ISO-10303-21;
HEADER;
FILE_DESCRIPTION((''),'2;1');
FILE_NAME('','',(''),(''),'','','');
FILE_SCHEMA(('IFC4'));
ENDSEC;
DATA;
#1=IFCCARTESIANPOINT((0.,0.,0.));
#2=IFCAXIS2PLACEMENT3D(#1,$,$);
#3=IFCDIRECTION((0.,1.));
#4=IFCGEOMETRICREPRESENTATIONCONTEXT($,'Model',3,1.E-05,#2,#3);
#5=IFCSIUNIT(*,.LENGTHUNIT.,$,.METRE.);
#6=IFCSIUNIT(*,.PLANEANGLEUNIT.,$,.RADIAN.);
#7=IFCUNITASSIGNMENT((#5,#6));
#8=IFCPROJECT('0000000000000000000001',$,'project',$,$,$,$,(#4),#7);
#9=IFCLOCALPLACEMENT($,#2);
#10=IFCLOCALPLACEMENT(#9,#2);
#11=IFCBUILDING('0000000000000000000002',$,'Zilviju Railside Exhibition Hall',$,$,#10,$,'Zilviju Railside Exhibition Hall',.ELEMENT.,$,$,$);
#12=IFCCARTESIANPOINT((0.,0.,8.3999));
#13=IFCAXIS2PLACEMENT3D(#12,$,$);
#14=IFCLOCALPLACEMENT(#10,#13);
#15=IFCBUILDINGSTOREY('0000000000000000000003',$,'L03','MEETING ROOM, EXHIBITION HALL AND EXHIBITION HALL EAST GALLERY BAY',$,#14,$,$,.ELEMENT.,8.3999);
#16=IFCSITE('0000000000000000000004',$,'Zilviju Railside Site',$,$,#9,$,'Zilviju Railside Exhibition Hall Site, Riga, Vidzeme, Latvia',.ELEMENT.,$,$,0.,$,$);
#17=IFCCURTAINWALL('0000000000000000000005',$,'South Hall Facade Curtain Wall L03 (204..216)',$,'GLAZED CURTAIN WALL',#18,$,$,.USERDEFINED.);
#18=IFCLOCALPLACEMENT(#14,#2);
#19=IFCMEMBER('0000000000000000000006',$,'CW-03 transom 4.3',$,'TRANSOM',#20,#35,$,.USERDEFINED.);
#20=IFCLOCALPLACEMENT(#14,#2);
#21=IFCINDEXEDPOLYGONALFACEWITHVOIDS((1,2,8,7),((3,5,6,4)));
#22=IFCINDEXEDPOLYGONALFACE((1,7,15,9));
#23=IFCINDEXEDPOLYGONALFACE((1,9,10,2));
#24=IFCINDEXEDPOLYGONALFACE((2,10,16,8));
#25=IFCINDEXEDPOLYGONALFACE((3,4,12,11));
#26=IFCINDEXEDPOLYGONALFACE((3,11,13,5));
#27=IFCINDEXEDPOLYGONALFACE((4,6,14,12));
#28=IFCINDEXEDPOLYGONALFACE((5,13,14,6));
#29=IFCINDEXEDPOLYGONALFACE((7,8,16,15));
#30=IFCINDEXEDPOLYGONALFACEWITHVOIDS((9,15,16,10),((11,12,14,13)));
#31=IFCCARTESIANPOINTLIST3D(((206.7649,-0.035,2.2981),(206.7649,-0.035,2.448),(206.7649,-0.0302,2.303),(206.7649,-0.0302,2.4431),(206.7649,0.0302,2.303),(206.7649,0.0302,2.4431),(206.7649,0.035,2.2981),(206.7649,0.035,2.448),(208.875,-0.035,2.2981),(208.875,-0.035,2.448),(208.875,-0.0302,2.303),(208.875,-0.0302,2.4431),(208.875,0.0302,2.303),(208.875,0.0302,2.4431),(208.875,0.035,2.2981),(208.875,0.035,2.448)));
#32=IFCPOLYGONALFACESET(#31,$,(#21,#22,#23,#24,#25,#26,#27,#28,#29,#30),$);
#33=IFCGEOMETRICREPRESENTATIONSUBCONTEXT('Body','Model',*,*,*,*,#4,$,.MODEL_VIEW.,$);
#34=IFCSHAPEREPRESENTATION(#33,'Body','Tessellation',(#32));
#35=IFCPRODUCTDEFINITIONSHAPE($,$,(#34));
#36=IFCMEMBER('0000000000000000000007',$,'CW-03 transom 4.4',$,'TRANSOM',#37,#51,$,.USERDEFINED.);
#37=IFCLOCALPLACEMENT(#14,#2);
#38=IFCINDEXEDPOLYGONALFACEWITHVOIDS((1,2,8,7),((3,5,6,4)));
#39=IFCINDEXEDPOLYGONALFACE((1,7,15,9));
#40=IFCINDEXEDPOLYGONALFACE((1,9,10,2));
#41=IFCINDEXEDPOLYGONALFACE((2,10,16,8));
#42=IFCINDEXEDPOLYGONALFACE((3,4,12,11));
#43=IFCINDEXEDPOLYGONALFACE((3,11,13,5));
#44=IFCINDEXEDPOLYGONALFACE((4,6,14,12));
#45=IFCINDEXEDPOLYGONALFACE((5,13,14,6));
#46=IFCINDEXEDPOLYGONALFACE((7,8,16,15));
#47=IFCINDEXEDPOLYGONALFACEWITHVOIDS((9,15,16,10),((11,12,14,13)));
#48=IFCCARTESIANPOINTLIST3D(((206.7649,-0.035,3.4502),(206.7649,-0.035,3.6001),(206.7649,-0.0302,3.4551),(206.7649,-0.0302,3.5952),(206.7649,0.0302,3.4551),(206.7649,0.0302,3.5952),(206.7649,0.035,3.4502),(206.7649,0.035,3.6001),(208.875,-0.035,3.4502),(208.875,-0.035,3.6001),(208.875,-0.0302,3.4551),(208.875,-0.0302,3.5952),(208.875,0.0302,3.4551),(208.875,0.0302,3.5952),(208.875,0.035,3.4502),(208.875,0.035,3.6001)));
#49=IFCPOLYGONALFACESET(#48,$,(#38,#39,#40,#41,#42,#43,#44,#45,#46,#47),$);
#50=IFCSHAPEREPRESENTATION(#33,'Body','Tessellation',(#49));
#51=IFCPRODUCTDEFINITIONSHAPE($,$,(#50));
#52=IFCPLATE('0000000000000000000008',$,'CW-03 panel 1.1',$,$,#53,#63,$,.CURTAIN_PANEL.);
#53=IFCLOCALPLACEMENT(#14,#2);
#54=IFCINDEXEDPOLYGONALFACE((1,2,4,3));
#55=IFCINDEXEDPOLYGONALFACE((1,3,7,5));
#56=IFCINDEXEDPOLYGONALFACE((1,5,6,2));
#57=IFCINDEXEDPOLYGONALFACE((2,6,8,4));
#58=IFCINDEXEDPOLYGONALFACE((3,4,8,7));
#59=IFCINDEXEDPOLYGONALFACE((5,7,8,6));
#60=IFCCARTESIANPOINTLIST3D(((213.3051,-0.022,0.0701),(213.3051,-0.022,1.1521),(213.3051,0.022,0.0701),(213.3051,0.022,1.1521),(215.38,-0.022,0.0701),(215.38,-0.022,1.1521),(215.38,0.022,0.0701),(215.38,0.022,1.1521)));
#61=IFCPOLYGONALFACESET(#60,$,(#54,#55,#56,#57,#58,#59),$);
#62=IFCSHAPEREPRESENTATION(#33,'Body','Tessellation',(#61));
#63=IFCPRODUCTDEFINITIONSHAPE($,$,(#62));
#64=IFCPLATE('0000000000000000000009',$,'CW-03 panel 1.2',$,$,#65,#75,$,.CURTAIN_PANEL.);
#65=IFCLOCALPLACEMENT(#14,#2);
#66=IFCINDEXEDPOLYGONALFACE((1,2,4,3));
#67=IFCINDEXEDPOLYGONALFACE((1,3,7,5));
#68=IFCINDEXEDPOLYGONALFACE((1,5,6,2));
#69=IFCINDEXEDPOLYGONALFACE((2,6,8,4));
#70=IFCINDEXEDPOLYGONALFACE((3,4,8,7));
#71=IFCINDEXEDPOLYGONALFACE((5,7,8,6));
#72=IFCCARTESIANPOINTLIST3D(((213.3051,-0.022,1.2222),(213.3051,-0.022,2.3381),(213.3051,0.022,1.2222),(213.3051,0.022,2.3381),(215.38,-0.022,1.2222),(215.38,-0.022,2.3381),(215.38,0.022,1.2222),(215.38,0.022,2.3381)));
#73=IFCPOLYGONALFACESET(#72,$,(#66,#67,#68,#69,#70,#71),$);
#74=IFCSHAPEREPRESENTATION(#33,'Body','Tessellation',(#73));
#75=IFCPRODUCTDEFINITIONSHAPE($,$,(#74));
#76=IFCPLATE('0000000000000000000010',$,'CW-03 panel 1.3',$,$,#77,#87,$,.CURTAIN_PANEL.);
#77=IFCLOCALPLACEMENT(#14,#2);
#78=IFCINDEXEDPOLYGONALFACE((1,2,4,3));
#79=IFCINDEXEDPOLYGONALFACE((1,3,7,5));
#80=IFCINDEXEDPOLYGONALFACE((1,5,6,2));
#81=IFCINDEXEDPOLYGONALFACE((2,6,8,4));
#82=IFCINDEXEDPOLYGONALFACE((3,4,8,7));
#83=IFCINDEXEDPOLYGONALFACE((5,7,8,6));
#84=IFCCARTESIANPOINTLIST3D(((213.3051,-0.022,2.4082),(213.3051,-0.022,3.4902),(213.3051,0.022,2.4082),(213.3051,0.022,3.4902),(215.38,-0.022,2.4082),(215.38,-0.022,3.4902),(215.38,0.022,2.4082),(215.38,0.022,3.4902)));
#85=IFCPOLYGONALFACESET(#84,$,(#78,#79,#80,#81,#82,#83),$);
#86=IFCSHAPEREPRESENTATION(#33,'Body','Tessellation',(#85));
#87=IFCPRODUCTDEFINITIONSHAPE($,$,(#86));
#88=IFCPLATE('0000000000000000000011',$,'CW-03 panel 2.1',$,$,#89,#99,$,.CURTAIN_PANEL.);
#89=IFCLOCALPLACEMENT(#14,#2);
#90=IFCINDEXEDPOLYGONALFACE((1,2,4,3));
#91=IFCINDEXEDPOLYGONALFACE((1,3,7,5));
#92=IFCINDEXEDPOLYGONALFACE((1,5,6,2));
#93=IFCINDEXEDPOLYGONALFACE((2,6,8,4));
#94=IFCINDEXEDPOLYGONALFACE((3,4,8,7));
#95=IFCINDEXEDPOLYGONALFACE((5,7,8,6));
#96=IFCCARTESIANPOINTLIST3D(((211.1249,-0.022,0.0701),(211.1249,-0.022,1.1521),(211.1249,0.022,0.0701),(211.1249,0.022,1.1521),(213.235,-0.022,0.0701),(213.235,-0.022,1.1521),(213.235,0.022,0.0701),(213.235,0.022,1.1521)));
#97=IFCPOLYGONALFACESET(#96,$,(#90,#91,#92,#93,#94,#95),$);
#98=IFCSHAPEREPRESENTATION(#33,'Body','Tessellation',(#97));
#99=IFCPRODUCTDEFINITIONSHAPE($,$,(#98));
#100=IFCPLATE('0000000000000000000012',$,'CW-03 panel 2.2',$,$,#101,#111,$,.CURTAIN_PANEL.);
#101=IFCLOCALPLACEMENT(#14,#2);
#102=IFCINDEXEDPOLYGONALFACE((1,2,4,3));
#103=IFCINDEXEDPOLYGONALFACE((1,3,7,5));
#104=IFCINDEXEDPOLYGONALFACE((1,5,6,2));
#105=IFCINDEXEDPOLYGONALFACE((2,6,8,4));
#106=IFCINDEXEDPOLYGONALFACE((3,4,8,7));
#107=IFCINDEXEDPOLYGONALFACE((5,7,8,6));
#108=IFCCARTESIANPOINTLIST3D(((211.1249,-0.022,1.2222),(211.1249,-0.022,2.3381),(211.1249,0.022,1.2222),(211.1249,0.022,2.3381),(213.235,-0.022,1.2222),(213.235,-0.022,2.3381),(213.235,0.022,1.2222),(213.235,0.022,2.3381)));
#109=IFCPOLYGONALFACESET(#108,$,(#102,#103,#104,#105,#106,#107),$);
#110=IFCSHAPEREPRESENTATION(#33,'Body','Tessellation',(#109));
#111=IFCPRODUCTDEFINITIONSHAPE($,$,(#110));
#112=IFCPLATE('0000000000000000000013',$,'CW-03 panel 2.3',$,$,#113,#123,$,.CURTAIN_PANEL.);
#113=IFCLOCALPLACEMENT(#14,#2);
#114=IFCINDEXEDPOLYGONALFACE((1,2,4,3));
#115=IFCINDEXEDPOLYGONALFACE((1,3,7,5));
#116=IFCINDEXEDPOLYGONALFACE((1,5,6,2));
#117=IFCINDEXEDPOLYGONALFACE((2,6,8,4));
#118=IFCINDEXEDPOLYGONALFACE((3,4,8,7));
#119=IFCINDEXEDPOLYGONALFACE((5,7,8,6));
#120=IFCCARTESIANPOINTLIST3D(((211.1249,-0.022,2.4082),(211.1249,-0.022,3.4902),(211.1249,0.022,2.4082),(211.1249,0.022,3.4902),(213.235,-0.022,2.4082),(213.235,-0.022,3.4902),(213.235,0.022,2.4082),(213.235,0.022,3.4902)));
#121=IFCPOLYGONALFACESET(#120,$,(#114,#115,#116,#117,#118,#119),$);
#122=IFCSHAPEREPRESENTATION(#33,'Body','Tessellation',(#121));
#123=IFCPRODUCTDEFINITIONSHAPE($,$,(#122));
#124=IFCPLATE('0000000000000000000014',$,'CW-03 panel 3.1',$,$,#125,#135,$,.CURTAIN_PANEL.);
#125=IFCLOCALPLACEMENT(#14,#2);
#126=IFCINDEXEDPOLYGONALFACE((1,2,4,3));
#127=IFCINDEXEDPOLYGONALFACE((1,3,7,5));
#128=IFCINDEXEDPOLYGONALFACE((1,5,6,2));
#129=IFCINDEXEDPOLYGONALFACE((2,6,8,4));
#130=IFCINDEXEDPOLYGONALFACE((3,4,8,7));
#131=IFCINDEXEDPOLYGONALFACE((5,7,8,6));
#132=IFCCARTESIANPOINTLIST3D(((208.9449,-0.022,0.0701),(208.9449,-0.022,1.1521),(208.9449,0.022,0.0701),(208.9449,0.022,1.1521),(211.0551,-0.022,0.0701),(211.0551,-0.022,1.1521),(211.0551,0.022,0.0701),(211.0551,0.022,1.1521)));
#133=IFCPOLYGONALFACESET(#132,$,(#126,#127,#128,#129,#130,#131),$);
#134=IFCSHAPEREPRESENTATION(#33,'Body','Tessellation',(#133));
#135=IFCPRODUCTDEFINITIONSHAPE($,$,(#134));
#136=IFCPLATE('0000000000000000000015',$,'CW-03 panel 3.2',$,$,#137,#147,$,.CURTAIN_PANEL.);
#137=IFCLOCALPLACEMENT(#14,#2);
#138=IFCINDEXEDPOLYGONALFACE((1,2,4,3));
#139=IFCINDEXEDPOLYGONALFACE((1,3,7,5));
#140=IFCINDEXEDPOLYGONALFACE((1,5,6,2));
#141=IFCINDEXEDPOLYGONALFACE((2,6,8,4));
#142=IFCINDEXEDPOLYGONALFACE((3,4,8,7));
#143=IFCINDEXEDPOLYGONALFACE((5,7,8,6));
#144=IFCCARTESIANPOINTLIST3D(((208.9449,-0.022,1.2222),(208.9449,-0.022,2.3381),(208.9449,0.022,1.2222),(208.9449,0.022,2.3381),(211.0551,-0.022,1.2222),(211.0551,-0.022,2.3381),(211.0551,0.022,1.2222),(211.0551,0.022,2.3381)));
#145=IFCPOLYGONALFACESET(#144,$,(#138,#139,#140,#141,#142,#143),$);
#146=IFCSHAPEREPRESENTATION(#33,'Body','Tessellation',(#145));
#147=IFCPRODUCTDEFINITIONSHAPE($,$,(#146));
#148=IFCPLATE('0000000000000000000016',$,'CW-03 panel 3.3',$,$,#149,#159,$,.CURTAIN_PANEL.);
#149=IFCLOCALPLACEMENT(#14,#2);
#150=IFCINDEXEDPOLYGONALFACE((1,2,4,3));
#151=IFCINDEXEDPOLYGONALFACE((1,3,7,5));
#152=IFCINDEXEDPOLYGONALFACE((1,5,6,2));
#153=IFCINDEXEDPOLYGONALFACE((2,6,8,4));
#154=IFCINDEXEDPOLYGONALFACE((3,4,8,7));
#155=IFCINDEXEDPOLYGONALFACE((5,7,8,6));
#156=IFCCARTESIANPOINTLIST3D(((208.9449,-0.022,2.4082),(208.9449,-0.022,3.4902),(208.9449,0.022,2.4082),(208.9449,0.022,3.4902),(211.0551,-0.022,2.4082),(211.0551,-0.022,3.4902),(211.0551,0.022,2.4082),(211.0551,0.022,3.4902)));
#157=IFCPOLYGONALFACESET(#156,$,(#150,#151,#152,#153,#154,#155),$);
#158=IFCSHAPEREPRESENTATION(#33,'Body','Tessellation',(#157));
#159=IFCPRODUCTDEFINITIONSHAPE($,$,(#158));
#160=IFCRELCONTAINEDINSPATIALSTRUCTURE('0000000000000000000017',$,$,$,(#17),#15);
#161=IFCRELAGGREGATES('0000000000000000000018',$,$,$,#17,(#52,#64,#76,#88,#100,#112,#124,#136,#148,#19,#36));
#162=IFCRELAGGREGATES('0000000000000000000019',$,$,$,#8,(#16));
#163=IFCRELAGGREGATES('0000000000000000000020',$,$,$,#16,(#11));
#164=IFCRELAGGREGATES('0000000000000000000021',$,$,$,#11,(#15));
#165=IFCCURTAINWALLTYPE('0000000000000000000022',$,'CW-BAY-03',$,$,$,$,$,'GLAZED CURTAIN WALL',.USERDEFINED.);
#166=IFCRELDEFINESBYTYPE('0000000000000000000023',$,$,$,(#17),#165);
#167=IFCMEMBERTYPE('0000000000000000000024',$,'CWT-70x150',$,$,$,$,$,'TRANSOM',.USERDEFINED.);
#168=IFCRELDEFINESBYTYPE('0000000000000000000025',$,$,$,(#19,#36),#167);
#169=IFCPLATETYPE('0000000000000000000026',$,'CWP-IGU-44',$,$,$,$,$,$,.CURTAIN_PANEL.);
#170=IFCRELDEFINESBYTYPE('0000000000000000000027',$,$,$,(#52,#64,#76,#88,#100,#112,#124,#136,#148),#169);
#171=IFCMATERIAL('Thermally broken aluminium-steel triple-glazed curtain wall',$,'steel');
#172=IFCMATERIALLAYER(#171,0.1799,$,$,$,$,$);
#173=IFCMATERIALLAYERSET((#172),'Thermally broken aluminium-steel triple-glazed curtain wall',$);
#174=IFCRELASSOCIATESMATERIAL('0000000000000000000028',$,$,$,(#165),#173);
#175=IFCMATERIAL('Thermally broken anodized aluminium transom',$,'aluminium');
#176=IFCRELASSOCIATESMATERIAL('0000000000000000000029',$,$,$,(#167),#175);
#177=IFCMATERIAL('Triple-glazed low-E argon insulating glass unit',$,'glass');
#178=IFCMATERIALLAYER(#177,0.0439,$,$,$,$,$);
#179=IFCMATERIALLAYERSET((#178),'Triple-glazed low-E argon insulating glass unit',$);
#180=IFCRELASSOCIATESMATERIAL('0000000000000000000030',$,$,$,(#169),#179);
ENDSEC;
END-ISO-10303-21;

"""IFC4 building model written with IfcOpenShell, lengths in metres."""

from ifc_helpers import new_model, si_unit, direction, frame, origin, origin_2d, place, context, subcontext, project, spatial, rectangle, hollow_rectangle, extrude, material, layer, layer_set, material_profile, profile_set, type_object, element, aggregate, save


model = new_model("IFC4")

# Units and contexts
model_context = context("Model", 3, precision=1e-05, world=origin(), true_north=direction((0.0, 1.0)))
body_context = subcontext(model_context, "Body", "Model", "MODEL_VIEW")
ifc_project = project(units=[si_unit("LENGTHUNIT", "METRE"), si_unit("PLANEANGLEUNIT", "RADIAN")], contexts=[model_context])

# Site, building, storey
site_placement = place(None, origin())
site = spatial("IfcSite", under=ifc_project, at=site_placement, Name="Zilviju Railside Site", LongName="Zilviju Railside Exhibition Hall Site, Riga, Vidzeme, Latvia", CompositionType="ELEMENT", RefElevation=0.0)
building_placement = place(site_placement, origin())
building = spatial("IfcBuilding", under=site, at=building_placement, Name="Zilviju Railside Exhibition Hall", LongName="Zilviju Railside Exhibition Hall", CompositionType="ELEMENT")
storey_placement = place(building_placement, frame((0.0, 0.0, 8.3999)))
storey = spatial("IfcBuildingStorey", under=building, at=storey_placement, Name="L03", Description="MEETING ROOM, EXHIBITION HALL AND EXHIBITION HALL EAST GALLERY BAY", CompositionType="ELEMENT", Elevation=8.3999)

# Curtain wall, members, plates
ifc_material_1 = material(Name="Thermally broken aluminium-steel triple-glazed curtain wall", Category="steel")
ifc_layer_1 = layer(ifc_material_1, 0.1799)
ifc_layer_set_1 = layer_set([ifc_layer_1], Name="Thermally broken aluminium-steel triple-glazed curtain wall")
curtain_wall_type = type_object("IfcCurtainWallType", Name="CW-BAY-03", ElementType="GLAZED CURTAIN WALL", PredefinedType="USERDEFINED", material=ifc_layer_set_1)
curtain_wall_placement = place(storey_placement, origin())
curtain_wall = element("IfcCurtainWall", 1, at=curtain_wall_placement, inside=storey, type_object=curtain_wall_type, Name="South Hall Facade Curtain Wall L03 (204..216)", ObjectType="GLAZED CURTAIN WALL", PredefinedType="USERDEFINED")
ifc_material_2 = material(Name="Thermally broken anodized aluminium transom", Category="aluminium")
ifc_material_profile_1 = material_profile(ifc_material_2, hollow_rectangle(XDim=0.0701, YDim=0.1499, WallThickness=0.0049, at=origin_2d()), Name="TRANSOM 150x70x5")
ifc_profile_set_1 = profile_set([ifc_material_profile_1], Name="Thermally broken anodized aluminium transom")
member_type_1 = type_object("IfcMemberType", Name="CWT-70x150", ElementType="TRANSOM", PredefinedType="USERDEFINED", material=ifc_profile_set_1)
member_1_placement = place(storey_placement, frame((208.875, 0.0, 2.373), z_axis=(-1.0, 0.0, 0.0), x_axis=(0.0, -1.0, 0.0)))
member_1 = element("IfcMember", 2, at=member_1_placement, type_object=member_type_1, Name="CW-03 transom 4.3", ObjectType="TRANSOM", PredefinedType="USERDEFINED", context=body_context, shape_type="SweptSolid", body=[
    extrude(hollow_rectangle(XDim=0.0701, YDim=0.1499, WallThickness=0.0049, at=origin_2d()), origin(), (0.0, 0.0, 1.0), 2.1101),
])
member_2_placement = place(storey_placement, frame((208.875, 0.0, 3.5251), z_axis=(-1.0, 0.0, 0.0), x_axis=(0.0, -1.0, 0.0)))
member_2 = element("IfcMember", 3, at=member_2_placement, type_object=member_type_1, Name="CW-03 transom 4.4", ObjectType="TRANSOM", PredefinedType="USERDEFINED", context=body_context, shape_type="SweptSolid", body=[
    extrude(hollow_rectangle(XDim=0.0701, YDim=0.1499, WallThickness=0.0049, at=origin_2d()), origin(), (0.0, 0.0, 1.0), 2.1101),
])
ifc_material_3 = material(Name="Triple-glazed low-E argon insulating glass unit", Category="glass")
ifc_layer_2 = layer(ifc_material_3, 0.0439)
ifc_layer_set_2 = layer_set([ifc_layer_2], Name="Triple-glazed low-E argon insulating glass unit")
plate_type = type_object("IfcPlateType", Name="CWP-IGU-44", PredefinedType="CURTAIN_PANEL", material=ifc_layer_set_2)
plate_1_placement = place(storey_placement, frame((214.3425, 0.0, 0.0701), z_axis=(0.0, 0.0, 1.0), x_axis=(-1.0, 0.0, 0.0)))
plate_1 = element("IfcPlate", 4, at=plate_1_placement, type_object=plate_type, Name="CW-03 panel 1.1", PredefinedType="CURTAIN_PANEL", context=body_context, shape_type="SweptSolid", body=[
    extrude(rectangle(XDim=2.075, YDim=0.0439, at=origin_2d()), origin(), (0.0, 0.0, 1.0), 1.082),
])
plate_2_placement = place(storey_placement, frame((214.3425, 0.0, 1.2222), z_axis=(0.0, 0.0, 1.0), x_axis=(-1.0, 0.0, 0.0)))
plate_2 = element("IfcPlate", 5, at=plate_2_placement, type_object=plate_type, Name="CW-03 panel 1.2", PredefinedType="CURTAIN_PANEL", context=body_context, shape_type="SweptSolid", body=[
    extrude(rectangle(XDim=2.075, YDim=0.0439, at=origin_2d()), origin(), (0.0, 0.0, 1.0), 1.116),
])
plate_3_placement = place(storey_placement, frame((214.3425, 0.0, 2.4082), z_axis=(0.0, 0.0, 1.0), x_axis=(-1.0, 0.0, 0.0)))
plate_3 = element("IfcPlate", 6, at=plate_3_placement, type_object=plate_type, Name="CW-03 panel 1.3", PredefinedType="CURTAIN_PANEL", context=body_context, shape_type="SweptSolid", body=[
    extrude(rectangle(XDim=2.075, YDim=0.0439, at=origin_2d()), origin(), (0.0, 0.0, 1.0), 1.082),
])
plate_4_placement = place(storey_placement, frame((212.1799, 0.0, 0.0701), z_axis=(0.0, 0.0, 1.0), x_axis=(-1.0, 0.0, 0.0)))
plate_4 = element("IfcPlate", 7, at=plate_4_placement, type_object=plate_type, Name="CW-03 panel 2.1", PredefinedType="CURTAIN_PANEL", context=body_context, shape_type="SweptSolid", body=[
    extrude(rectangle(XDim=2.1101, YDim=0.0439, at=origin_2d()), origin(), (0.0, 0.0, 1.0), 1.082),
])
plate_5_placement = place(storey_placement, frame((212.1799, 0.0, 1.2222), z_axis=(0.0, 0.0, 1.0), x_axis=(-1.0, 0.0, 0.0)))
plate_5 = element("IfcPlate", 8, at=plate_5_placement, type_object=plate_type, Name="CW-03 panel 2.2", PredefinedType="CURTAIN_PANEL", context=body_context, shape_type="SweptSolid", body=[
    extrude(rectangle(XDim=2.1101, YDim=0.0439, at=origin_2d()), origin(), (0.0, 0.0, 1.0), 1.116),
])
plate_6_placement = place(storey_placement, frame((212.1799, 0.0, 2.4082), z_axis=(0.0, 0.0, 1.0), x_axis=(-1.0, 0.0, 0.0)))
plate_6 = element("IfcPlate", 9, at=plate_6_placement, type_object=plate_type, Name="CW-03 panel 2.3", PredefinedType="CURTAIN_PANEL", context=body_context, shape_type="SweptSolid", body=[
    extrude(rectangle(XDim=2.1101, YDim=0.0439, at=origin_2d()), origin(), (0.0, 0.0, 1.0), 1.082),
])
plate_7_placement = place(storey_placement, frame((210.0, 0.0, 0.0701), z_axis=(0.0, 0.0, 1.0), x_axis=(-1.0, 0.0, 0.0)))
plate_7 = element("IfcPlate", 10, at=plate_7_placement, type_object=plate_type, Name="CW-03 panel 3.1", PredefinedType="CURTAIN_PANEL", context=body_context, shape_type="SweptSolid", body=[
    extrude(rectangle(XDim=2.1101, YDim=0.0439, at=origin_2d()), origin(), (0.0, 0.0, 1.0), 1.082),
])
plate_8_placement = place(storey_placement, frame((210.0, 0.0, 1.2222), z_axis=(0.0, 0.0, 1.0), x_axis=(-1.0, 0.0, 0.0)))
plate_8 = element("IfcPlate", 11, at=plate_8_placement, type_object=plate_type, Name="CW-03 panel 3.2", PredefinedType="CURTAIN_PANEL", context=body_context, shape_type="SweptSolid", body=[
    extrude(rectangle(XDim=2.1101, YDim=0.0439, at=origin_2d()), origin(), (0.0, 0.0, 1.0), 1.116),
])
plate_9_placement = place(storey_placement, frame((210.0, 0.0, 2.4082), z_axis=(0.0, 0.0, 1.0), x_axis=(-1.0, 0.0, 0.0)))
plate_9 = element("IfcPlate", 12, at=plate_9_placement, type_object=plate_type, Name="CW-03 panel 3.3", PredefinedType="CURTAIN_PANEL", context=body_context, shape_type="SweptSolid", body=[
    extrude(rectangle(XDim=2.1101, YDim=0.0439, at=origin_2d()), origin(), (0.0, 0.0, 1.0), 1.082),
])
aggregate(curtain_wall, [plate_1, plate_2, plate_3, plate_4, plate_5, plate_6, plate_7, plate_8, plate_9, member_1, member_2])

save(model, "model.ifc")
